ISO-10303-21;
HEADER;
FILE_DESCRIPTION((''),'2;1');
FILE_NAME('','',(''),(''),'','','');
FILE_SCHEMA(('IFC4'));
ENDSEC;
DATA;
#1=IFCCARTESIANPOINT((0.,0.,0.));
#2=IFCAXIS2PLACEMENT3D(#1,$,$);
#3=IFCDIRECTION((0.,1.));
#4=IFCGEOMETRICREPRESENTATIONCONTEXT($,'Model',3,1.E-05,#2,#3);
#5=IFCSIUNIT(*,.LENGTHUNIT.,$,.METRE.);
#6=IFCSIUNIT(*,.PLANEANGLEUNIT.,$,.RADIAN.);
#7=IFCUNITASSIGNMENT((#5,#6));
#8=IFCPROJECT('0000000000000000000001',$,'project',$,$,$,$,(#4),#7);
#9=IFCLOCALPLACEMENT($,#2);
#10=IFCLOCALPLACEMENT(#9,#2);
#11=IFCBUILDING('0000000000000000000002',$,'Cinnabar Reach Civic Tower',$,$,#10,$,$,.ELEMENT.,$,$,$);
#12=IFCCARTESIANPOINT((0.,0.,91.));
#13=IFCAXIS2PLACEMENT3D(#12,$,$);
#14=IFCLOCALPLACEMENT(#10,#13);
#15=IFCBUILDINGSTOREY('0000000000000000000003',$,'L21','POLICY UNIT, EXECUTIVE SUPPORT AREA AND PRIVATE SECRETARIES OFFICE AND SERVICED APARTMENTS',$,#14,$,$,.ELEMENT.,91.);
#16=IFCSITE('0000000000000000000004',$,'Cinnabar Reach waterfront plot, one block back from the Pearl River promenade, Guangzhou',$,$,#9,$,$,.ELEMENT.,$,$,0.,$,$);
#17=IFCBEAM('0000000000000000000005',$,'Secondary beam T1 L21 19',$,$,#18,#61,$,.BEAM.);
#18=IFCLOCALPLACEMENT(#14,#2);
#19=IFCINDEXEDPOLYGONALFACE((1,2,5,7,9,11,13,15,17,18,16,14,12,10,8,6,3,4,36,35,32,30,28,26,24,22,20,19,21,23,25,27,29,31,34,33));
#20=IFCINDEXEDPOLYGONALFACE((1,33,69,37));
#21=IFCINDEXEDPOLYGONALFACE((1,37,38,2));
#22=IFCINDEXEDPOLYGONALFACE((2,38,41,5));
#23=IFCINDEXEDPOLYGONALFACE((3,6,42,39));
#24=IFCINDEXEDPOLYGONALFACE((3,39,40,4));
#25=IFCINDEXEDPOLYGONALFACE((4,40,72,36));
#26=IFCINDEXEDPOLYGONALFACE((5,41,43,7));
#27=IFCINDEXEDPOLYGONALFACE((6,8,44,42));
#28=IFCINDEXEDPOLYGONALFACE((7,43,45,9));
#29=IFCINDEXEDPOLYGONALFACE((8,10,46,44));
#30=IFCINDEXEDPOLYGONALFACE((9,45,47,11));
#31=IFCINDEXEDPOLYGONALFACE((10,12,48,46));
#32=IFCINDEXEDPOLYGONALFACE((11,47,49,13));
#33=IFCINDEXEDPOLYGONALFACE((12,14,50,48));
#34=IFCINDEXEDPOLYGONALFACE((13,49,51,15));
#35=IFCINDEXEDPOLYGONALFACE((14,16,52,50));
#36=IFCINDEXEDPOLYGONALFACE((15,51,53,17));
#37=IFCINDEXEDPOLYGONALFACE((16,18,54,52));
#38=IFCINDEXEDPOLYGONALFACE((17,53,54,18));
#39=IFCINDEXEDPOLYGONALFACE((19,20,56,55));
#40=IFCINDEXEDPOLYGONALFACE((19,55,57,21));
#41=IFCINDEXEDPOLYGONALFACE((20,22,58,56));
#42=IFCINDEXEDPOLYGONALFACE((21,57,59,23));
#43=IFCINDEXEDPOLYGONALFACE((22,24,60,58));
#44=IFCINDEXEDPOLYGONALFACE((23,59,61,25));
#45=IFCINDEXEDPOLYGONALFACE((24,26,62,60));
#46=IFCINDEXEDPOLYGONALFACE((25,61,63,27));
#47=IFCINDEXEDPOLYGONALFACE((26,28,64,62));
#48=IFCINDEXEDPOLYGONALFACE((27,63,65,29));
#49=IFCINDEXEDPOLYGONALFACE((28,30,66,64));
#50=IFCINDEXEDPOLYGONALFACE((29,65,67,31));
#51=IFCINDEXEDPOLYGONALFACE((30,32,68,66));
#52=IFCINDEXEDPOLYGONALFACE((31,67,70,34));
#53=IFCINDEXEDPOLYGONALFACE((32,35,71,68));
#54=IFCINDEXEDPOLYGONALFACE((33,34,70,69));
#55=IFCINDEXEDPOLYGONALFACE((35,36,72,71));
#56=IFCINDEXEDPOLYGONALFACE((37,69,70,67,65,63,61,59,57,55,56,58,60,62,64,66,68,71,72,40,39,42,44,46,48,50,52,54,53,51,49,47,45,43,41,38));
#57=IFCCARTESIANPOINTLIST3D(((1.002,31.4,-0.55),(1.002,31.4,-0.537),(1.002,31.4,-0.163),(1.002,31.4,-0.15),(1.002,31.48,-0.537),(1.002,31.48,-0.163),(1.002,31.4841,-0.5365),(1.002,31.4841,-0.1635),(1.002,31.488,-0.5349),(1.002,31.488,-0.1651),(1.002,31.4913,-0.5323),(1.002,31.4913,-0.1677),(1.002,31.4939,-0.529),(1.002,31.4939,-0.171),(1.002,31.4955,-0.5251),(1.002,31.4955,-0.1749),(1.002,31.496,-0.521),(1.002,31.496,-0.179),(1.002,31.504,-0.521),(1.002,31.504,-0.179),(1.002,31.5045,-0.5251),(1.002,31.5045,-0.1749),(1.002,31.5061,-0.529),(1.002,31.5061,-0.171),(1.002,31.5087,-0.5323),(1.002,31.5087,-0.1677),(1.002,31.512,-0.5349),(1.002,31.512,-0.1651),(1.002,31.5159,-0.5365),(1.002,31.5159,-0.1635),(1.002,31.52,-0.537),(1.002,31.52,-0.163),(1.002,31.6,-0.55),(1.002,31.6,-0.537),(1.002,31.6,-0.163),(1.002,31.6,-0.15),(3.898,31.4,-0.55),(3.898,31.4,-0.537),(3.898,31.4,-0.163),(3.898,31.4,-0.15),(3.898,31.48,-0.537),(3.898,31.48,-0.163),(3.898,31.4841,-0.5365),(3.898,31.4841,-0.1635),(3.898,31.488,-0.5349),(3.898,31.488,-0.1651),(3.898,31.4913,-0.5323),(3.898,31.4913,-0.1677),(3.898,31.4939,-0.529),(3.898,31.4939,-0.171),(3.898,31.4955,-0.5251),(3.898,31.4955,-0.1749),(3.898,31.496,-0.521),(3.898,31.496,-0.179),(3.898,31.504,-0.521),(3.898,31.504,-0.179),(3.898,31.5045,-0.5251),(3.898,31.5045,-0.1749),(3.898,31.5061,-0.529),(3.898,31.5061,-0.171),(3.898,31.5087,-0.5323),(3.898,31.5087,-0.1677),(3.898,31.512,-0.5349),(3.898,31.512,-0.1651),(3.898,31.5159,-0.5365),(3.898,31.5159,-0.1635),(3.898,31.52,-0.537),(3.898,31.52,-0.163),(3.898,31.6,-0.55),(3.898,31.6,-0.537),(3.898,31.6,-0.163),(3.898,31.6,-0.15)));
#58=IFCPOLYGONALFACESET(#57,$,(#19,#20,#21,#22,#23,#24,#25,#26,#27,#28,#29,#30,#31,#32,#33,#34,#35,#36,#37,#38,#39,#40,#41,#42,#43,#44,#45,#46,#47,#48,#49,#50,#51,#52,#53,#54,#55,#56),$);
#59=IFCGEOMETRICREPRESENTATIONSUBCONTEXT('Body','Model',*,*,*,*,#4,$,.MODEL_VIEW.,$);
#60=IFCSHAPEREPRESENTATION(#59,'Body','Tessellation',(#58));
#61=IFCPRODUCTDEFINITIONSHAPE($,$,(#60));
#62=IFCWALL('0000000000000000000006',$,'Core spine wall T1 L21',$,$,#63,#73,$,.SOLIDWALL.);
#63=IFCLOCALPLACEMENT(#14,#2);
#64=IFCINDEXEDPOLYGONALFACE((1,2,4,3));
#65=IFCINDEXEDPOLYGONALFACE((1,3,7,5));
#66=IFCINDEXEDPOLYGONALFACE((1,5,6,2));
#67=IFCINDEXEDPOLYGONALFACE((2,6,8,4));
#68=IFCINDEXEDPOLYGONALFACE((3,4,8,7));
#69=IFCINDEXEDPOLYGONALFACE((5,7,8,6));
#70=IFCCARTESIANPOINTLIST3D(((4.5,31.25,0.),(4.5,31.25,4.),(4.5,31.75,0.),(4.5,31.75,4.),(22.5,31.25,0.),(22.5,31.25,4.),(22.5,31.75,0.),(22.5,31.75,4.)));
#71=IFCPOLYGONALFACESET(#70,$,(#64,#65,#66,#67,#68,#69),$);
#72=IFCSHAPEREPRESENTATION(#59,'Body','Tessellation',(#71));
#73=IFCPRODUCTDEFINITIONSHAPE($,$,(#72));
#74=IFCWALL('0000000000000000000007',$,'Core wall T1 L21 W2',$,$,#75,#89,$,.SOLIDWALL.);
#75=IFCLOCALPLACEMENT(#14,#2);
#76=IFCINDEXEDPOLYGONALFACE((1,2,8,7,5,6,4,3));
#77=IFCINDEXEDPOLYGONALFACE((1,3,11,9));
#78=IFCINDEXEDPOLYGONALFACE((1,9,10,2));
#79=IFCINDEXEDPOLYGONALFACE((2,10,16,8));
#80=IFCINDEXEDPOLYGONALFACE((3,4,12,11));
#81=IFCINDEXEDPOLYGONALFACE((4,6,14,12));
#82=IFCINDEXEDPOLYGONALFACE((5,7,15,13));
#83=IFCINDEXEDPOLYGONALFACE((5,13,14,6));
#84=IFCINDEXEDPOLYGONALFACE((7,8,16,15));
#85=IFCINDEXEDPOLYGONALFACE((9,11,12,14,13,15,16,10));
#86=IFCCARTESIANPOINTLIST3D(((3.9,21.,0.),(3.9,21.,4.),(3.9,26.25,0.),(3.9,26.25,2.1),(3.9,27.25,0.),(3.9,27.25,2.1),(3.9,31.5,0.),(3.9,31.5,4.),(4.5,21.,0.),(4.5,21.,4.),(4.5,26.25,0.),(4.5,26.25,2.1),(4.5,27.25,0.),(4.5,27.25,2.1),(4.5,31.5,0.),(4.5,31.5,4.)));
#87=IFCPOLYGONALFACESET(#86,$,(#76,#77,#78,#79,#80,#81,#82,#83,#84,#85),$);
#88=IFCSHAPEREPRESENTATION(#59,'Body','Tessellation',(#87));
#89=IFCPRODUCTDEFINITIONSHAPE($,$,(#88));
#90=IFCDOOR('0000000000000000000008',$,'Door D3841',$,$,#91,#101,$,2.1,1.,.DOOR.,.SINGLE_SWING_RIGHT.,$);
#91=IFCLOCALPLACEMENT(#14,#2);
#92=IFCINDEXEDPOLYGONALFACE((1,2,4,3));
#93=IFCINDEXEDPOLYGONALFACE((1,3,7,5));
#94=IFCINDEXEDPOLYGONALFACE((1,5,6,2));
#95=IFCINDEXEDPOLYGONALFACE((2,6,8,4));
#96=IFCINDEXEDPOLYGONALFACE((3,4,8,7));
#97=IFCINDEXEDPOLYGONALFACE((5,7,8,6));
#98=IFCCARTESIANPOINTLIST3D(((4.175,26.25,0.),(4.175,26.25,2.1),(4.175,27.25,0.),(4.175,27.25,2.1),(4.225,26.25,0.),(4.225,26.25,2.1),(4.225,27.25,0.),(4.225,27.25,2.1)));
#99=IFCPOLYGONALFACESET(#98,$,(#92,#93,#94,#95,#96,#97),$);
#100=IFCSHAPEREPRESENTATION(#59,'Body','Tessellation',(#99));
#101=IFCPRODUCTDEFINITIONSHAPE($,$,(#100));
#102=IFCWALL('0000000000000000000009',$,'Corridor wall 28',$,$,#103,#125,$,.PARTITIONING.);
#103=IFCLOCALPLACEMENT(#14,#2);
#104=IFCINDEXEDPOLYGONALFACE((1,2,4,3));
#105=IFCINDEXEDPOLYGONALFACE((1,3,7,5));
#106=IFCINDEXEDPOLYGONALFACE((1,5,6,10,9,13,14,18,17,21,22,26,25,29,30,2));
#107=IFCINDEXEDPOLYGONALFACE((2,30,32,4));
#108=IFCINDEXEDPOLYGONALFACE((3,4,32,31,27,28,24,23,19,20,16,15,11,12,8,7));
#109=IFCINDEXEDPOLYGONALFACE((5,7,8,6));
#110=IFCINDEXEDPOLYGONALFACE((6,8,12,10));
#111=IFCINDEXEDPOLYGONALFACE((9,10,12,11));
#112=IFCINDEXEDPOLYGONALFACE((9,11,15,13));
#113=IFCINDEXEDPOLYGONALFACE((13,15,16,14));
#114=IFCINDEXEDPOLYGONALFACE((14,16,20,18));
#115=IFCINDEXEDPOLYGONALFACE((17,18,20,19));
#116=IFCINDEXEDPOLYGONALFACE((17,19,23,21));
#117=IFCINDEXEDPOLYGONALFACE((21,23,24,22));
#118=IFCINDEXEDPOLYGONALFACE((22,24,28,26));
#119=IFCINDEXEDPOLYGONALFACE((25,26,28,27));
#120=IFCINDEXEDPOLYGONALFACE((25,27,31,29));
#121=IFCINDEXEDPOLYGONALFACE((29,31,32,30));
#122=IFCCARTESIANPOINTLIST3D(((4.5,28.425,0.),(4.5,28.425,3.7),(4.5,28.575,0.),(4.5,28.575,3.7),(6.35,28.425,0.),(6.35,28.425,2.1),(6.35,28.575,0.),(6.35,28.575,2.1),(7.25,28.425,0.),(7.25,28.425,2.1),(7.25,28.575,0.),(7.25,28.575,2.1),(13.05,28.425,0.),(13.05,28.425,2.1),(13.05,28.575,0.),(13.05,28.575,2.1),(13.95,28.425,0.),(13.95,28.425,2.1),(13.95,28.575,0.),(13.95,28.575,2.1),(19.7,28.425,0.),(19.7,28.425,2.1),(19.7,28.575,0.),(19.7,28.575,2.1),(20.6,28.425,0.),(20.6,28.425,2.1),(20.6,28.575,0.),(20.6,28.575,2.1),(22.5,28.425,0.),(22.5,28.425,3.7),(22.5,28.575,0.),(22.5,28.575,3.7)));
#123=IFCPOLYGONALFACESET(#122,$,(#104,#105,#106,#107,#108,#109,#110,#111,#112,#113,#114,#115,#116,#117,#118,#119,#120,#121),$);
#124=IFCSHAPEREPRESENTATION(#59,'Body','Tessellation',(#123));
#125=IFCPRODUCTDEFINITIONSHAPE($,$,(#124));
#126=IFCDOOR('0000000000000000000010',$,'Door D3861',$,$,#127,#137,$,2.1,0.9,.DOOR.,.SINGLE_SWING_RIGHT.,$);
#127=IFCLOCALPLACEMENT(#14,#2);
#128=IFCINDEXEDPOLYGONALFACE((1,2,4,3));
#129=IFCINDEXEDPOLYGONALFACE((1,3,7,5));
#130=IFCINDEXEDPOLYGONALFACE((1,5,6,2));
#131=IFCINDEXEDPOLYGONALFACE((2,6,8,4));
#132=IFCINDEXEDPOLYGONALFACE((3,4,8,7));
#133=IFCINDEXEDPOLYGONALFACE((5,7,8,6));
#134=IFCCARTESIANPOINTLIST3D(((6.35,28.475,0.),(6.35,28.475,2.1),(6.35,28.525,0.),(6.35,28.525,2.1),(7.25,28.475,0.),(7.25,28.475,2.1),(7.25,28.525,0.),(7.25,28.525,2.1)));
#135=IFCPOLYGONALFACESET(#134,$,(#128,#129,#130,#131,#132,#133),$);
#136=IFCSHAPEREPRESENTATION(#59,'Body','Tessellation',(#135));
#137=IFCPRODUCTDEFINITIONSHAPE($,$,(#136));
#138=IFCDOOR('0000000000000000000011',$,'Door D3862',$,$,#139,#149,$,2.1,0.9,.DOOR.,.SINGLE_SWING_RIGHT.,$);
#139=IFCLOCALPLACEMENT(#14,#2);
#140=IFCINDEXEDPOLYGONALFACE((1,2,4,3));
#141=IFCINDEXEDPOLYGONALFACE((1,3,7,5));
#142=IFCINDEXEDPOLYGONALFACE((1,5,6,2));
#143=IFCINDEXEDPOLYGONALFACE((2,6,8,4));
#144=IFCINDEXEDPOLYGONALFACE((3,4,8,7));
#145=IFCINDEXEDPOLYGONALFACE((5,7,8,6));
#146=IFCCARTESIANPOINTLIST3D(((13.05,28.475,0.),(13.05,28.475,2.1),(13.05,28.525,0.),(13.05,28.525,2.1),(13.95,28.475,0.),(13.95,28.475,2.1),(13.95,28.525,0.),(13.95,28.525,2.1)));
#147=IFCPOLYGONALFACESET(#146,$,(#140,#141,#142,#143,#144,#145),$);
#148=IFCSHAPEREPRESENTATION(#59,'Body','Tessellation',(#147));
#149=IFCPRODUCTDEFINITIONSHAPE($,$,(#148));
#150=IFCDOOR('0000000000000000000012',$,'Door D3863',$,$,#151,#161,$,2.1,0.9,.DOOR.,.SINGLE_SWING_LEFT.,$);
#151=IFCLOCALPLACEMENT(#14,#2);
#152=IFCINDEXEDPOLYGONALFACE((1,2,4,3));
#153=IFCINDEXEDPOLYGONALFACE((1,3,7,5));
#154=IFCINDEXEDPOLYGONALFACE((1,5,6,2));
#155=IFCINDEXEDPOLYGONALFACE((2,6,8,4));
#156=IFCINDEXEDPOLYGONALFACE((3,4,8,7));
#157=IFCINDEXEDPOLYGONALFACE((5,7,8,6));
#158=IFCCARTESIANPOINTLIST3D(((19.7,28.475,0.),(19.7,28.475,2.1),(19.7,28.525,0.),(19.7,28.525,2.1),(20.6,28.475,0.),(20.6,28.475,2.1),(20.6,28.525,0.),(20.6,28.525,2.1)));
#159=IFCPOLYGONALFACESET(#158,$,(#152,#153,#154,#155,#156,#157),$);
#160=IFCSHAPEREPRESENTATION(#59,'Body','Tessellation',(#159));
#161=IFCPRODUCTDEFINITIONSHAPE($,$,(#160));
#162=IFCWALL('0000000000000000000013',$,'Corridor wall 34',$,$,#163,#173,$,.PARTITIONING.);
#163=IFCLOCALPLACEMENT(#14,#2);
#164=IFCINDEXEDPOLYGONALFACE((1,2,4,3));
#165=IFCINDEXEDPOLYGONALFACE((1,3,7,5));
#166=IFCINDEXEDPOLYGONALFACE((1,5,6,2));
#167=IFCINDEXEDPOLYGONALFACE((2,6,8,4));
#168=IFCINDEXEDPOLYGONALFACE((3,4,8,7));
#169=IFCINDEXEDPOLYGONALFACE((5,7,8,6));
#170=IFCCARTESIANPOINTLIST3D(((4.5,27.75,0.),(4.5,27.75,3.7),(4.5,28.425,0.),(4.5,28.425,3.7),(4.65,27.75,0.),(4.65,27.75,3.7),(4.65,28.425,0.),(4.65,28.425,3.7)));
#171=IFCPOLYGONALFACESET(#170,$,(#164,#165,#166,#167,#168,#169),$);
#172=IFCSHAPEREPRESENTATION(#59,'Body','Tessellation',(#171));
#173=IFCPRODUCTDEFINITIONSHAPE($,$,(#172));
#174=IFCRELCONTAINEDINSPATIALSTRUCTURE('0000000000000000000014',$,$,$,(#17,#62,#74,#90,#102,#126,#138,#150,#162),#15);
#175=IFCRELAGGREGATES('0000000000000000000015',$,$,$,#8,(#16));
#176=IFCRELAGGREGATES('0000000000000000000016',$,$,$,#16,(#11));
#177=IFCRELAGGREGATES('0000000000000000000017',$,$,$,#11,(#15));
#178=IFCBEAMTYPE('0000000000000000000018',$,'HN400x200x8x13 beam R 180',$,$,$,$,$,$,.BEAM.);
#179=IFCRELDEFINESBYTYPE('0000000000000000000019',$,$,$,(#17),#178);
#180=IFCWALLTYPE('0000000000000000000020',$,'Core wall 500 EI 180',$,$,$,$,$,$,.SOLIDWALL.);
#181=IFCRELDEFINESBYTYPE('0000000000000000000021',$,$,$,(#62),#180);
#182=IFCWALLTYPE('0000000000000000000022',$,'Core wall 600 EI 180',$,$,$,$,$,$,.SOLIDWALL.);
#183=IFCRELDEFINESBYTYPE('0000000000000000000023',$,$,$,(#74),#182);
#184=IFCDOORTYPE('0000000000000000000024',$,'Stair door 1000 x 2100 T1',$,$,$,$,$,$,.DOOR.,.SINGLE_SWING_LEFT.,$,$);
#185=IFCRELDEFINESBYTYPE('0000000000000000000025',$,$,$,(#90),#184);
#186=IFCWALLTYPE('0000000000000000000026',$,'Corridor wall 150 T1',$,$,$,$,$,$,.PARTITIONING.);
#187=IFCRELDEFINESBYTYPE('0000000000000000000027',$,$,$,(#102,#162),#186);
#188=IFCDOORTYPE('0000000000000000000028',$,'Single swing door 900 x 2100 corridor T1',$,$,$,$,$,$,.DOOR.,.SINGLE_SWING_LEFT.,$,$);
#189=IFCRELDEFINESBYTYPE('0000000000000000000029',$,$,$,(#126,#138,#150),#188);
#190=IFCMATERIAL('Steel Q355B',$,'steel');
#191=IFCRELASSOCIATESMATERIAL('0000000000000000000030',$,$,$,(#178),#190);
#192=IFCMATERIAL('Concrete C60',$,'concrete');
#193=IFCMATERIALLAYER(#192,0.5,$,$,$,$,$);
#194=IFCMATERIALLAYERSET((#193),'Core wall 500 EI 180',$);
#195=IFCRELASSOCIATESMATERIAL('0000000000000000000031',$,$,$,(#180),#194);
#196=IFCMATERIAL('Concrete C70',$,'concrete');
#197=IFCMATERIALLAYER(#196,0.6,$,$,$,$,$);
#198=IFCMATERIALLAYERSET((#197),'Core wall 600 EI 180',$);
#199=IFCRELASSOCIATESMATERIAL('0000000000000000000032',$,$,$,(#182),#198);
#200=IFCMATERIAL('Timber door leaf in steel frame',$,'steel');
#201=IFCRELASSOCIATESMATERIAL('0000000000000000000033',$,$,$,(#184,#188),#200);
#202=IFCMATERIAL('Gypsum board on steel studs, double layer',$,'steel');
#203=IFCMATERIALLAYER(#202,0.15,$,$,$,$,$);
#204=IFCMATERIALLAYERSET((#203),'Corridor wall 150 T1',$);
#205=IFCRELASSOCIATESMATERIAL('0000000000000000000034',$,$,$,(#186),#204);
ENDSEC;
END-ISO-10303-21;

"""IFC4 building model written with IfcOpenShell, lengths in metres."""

from ifc_helpers import new_model, si_unit, direction, frame, frame_2d, origin, origin_2d, place, context, subcontext, project, spatial, rectangle, i_section, extrude, material, layer, layer_set, material_profile, profile_set, type_object, element, fill, save


model = new_model("IFC4")

# Units and contexts
model_context = context("Model", 3, precision=1e-05, world=origin(), true_north=direction((0.0, 1.0)))
body_context = subcontext(model_context, "Body", "Model", "MODEL_VIEW")
ifc_project = project(units=[si_unit("LENGTHUNIT", "METRE"), si_unit("PLANEANGLEUNIT", "RADIAN")], contexts=[model_context])

# Site, building, storey
site_placement = place(None, origin())
site = spatial("IfcSite", under=ifc_project, at=site_placement, Name="Cinnabar Reach waterfront plot, one block back from the Pearl River promenade, Guangzhou", CompositionType="ELEMENT", RefElevation=0.0)
building_placement = place(site_placement, origin())
building = spatial("IfcBuilding", under=site, at=building_placement, Name="Cinnabar Reach Civic Tower", CompositionType="ELEMENT")
storey_placement = place(building_placement, frame((0.0, 0.0, 91.0)))
storey = spatial("IfcBuildingStorey", under=building, at=storey_placement, Name="L21", Description="POLICY UNIT, EXECUTIVE SUPPORT AREA AND PRIVATE SECRETARIES OFFICE AND SERVICED APARTMENTS", CompositionType="ELEMENT", Elevation=91.0)

# Beam
ifc_material_1 = material(Name="Steel Q355B", Category="steel")
ifc_material_profile = material_profile(ifc_material_1, i_section(OverallWidth=0.2, OverallDepth=0.4, WebThickness=0.008, FlangeThickness=0.013, FilletRadius=0.016, at=origin_2d()), Name="HN400x200x8x13")
ifc_profile_set = profile_set([ifc_material_profile], Name="Steel Q355B")
beam_type = type_object("IfcBeamType", Name="HN400x200x8x13 beam R 180", PredefinedType="BEAM", material=ifc_profile_set)
beam_placement = place(storey_placement, frame((1.002, 31.5, -0.35), z_axis=(1.0, 0.0, 0.0), x_axis=(0.0, 1.0, 0.0)))
element("IfcBeam", 1, at=beam_placement, inside=storey, type_object=beam_type, Name="Secondary beam T1 L21 19", PredefinedType="BEAM", context=body_context, shape_type="SweptSolid", body=[
    extrude(i_section(OverallWidth=0.2, OverallDepth=0.4, WebThickness=0.008, FlangeThickness=0.013, FilletRadius=0.016, at=origin_2d()), origin(), (0.0, 0.0, 1.0), 2.896),
])

# Wall
ifc_material_2 = material(Name="Concrete C60", Category="concrete")
ifc_layer_1 = layer(ifc_material_2, 0.5)
ifc_layer_set_1 = layer_set([ifc_layer_1], Name="Core wall 500 EI 180")
wall_type_1 = type_object("IfcWallType", Name="Core wall 500 EI 180", PredefinedType="SOLIDWALL", material=ifc_layer_set_1)
wall_1_placement = place(storey_placement, frame((4.5, 31.5, 0.0), z_axis=(0.0, 0.0, 1.0), x_axis=(1.0, 0.0, 0.0)))
element("IfcWall", 2, at=wall_1_placement, inside=storey, type_object=wall_type_1, Name="Core spine wall T1 L21", PredefinedType="SOLIDWALL", context=body_context, shape_type="SweptSolid", body=[
    extrude(rectangle(XDim=18.0, YDim=0.5, at=frame_2d((9.0, 0.0))), origin(), (0.0, 0.0, 1.0), 4.0),
])

# Wall, opening, door
ifc_material_3 = material(Name="Concrete C70", Category="concrete")
ifc_layer_2 = layer(ifc_material_3, 0.6)
ifc_layer_set_2 = layer_set([ifc_layer_2], Name="Core wall 600 EI 180")
wall_type_2 = type_object("IfcWallType", Name="Core wall 600 EI 180", PredefinedType="SOLIDWALL", material=ifc_layer_set_2)
wall_2_placement = place(storey_placement, frame((4.2, 31.5, 0.0), z_axis=(0.0, 0.0, 1.0), x_axis=(0.0, -1.0, 0.0)))
wall_2 = element("IfcWall", 3, at=wall_2_placement, inside=storey, type_object=wall_type_2, Name="Core wall T1 L21 W2", PredefinedType="SOLIDWALL", context=body_context, shape_type="SweptSolid", body=[
    extrude(rectangle(XDim=10.5, YDim=0.6, at=frame_2d((5.25, 0.0))), origin(), (0.0, 0.0, 1.0), 4.0),
])
opening_1_placement = place(wall_2_placement, frame((4.25, 0.0, 0.0)))
opening_1 = element("IfcOpeningElement", 4, at=opening_1_placement, cuts=wall_2, PredefinedType="OPENING", context=body_context, shape_type="SweptSolid", body=[
    extrude(rectangle(XDim=1.0, YDim=2.1, at=frame_2d((0.5, 1.05))), frame((0.0, 0.31, 0.0), z_axis=(0.0, -1.0, 0.0), x_axis=(1.0, 0.0, 0.0)), (0.0, 0.0, 1.0), 0.62),
])
ifc_material_4 = material(Name="Timber door leaf in steel frame", Category="steel")
door_type_1 = type_object("IfcDoorType", Name="Stair door 1000 x 2100 T1", OperationType="SINGLE_SWING_LEFT", PredefinedType="DOOR", material=ifc_material_4)
door_1_placement = place(opening_1_placement, frame((1.0, 0.0, 0.0), z_axis=(0.0, 0.0, 1.0), x_axis=(-1.0, 0.0, 0.0)))
door_1 = element("IfcDoor", 5, at=door_1_placement, inside=storey, type_object=door_type_1, Name="Door D3841", OperationType="SINGLE_SWING_RIGHT", OverallHeight=2.1, OverallWidth=1.0, PredefinedType="DOOR", context=body_context, shape_type="SweptSolid", body=[
    extrude(rectangle(XDim=1.0, YDim=2.1, at=frame_2d((0.5, 1.05))), frame((0.0, 0.025, 0.0), z_axis=(0.0, -1.0, 0.0), x_axis=(1.0, 0.0, 0.0)), (0.0, 0.0, 1.0), 0.05),
])
fill(opening_1, door_1)

# Wall, openings, doors
ifc_material_5 = material(Name="Gypsum board on steel studs, double layer", Category="steel")
ifc_layer_3 = layer(ifc_material_5, 0.15)
ifc_layer_set_3 = layer_set([ifc_layer_3], Name="Corridor wall 150 T1")
wall_type_3 = type_object("IfcWallType", Name="Corridor wall 150 T1", PredefinedType="PARTITIONING", material=ifc_layer_set_3)
wall_3_placement = place(storey_placement, frame((4.5, 28.5, 0.0), z_axis=(0.0, 0.0, 1.0), x_axis=(1.0, 0.0, 0.0)))
wall_3 = element("IfcWall", 6, at=wall_3_placement, inside=storey, type_object=wall_type_3, Name="Corridor wall 28", PredefinedType="PARTITIONING", context=body_context, shape_type="SweptSolid", body=[
    extrude(rectangle(XDim=18.0, YDim=0.15, at=frame_2d((9.0, 0.0))), origin(), (0.0, 0.0, 1.0), 3.7),
])
opening_2_placement = place(wall_3_placement, frame((1.85, 0.0, 0.0)))
opening_2 = element("IfcOpeningElement", 7, at=opening_2_placement, cuts=wall_3, PredefinedType="OPENING", context=body_context, shape_type="SweptSolid", body=[
    extrude(rectangle(XDim=0.9, YDim=2.1, at=frame_2d((0.45, 1.05))), frame((0.0, 0.085, 0.0), z_axis=(0.0, -1.0, 0.0), x_axis=(1.0, 0.0, 0.0)), (0.0, 0.0, 1.0), 0.17),
])
opening_3_placement = place(wall_3_placement, frame((8.55, 0.0, 0.0)))
opening_3 = element("IfcOpeningElement", 8, at=opening_3_placement, cuts=wall_3, PredefinedType="OPENING", context=body_context, shape_type="SweptSolid", body=[
    extrude(rectangle(XDim=0.9, YDim=2.1, at=frame_2d((0.45, 1.05))), frame((0.0, 0.085, 0.0), z_axis=(0.0, -1.0, 0.0), x_axis=(1.0, 0.0, 0.0)), (0.0, 0.0, 1.0), 0.17),
])
opening_4_placement = place(wall_3_placement, frame((15.2, 0.0, 0.0)))
opening_4 = element("IfcOpeningElement", 9, at=opening_4_placement, cuts=wall_3, PredefinedType="OPENING", context=body_context, shape_type="SweptSolid", body=[
    extrude(rectangle(XDim=0.9, YDim=2.1, at=frame_2d((0.45, 1.05))), frame((0.0, 0.085, 0.0), z_axis=(0.0, -1.0, 0.0), x_axis=(1.0, 0.0, 0.0)), (0.0, 0.0, 1.0), 0.17),
])
door_type_2 = type_object("IfcDoorType", Name="Single swing door 900 x 2100 corridor T1", OperationType="SINGLE_SWING_LEFT", PredefinedType="DOOR", material=ifc_material_4)
door_2_placement = place(opening_2_placement, origin())
door_2 = element("IfcDoor", 10, at=door_2_placement, inside=storey, type_object=door_type_2, Name="Door D3861", OperationType="SINGLE_SWING_RIGHT", OverallHeight=2.1, OverallWidth=0.9, PredefinedType="DOOR", context=body_context, shape_type="SweptSolid", body=[
    extrude(rectangle(XDim=0.9, YDim=2.1, at=frame_2d((0.45, 1.05))), frame((0.0, 0.025, 0.0), z_axis=(0.0, -1.0, 0.0), x_axis=(1.0, 0.0, 0.0)), (0.0, 0.0, 1.0), 0.05),
])
fill(opening_2, door_2)
door_3_placement = place(opening_3_placement, origin())
door_3 = element("IfcDoor", 11, at=door_3_placement, inside=storey, type_object=door_type_2, Name="Door D3862", OperationType="SINGLE_SWING_RIGHT", OverallHeight=2.1, OverallWidth=0.9, PredefinedType="DOOR", context=body_context, shape_type="SweptSolid", body=[
    extrude(rectangle(XDim=0.9, YDim=2.1, at=frame_2d((0.45, 1.05))), frame((0.0, 0.025, 0.0), z_axis=(0.0, -1.0, 0.0), x_axis=(1.0, 0.0, 0.0)), (0.0, 0.0, 1.0), 0.05),
])
fill(opening_3, door_3)
door_4_placement = place(opening_4_placement, origin())
door_4 = element("IfcDoor", 12, at=door_4_placement, inside=storey, type_object=door_type_2, Name="Door D3863", OperationType="SINGLE_SWING_LEFT", OverallHeight=2.1, OverallWidth=0.9, PredefinedType="DOOR", context=body_context, shape_type="SweptSolid", body=[
    extrude(rectangle(XDim=0.9, YDim=2.1, at=frame_2d((0.45, 1.05))), frame((0.0, 0.025, 0.0), z_axis=(0.0, -1.0, 0.0), x_axis=(1.0, 0.0, 0.0)), (0.0, 0.0, 1.0), 0.05),
])
fill(opening_4, door_4)

# Wall
wall_4_placement = place(storey_placement, frame((4.575, 27.75, 0.0), z_axis=(0.0, 0.0, 1.0), x_axis=(0.0, 1.0, 0.0)))
element("IfcWall", 13, at=wall_4_placement, inside=storey, type_object=wall_type_3, Name="Corridor wall 34", PredefinedType="PARTITIONING", context=body_context, shape_type="SweptSolid", body=[
    extrude(rectangle(XDim=0.675, YDim=0.15, at=frame_2d((0.3375, 0.0))), origin(), (0.0, 0.0, 1.0), 3.7),
])

save(model, "model.ifc")
